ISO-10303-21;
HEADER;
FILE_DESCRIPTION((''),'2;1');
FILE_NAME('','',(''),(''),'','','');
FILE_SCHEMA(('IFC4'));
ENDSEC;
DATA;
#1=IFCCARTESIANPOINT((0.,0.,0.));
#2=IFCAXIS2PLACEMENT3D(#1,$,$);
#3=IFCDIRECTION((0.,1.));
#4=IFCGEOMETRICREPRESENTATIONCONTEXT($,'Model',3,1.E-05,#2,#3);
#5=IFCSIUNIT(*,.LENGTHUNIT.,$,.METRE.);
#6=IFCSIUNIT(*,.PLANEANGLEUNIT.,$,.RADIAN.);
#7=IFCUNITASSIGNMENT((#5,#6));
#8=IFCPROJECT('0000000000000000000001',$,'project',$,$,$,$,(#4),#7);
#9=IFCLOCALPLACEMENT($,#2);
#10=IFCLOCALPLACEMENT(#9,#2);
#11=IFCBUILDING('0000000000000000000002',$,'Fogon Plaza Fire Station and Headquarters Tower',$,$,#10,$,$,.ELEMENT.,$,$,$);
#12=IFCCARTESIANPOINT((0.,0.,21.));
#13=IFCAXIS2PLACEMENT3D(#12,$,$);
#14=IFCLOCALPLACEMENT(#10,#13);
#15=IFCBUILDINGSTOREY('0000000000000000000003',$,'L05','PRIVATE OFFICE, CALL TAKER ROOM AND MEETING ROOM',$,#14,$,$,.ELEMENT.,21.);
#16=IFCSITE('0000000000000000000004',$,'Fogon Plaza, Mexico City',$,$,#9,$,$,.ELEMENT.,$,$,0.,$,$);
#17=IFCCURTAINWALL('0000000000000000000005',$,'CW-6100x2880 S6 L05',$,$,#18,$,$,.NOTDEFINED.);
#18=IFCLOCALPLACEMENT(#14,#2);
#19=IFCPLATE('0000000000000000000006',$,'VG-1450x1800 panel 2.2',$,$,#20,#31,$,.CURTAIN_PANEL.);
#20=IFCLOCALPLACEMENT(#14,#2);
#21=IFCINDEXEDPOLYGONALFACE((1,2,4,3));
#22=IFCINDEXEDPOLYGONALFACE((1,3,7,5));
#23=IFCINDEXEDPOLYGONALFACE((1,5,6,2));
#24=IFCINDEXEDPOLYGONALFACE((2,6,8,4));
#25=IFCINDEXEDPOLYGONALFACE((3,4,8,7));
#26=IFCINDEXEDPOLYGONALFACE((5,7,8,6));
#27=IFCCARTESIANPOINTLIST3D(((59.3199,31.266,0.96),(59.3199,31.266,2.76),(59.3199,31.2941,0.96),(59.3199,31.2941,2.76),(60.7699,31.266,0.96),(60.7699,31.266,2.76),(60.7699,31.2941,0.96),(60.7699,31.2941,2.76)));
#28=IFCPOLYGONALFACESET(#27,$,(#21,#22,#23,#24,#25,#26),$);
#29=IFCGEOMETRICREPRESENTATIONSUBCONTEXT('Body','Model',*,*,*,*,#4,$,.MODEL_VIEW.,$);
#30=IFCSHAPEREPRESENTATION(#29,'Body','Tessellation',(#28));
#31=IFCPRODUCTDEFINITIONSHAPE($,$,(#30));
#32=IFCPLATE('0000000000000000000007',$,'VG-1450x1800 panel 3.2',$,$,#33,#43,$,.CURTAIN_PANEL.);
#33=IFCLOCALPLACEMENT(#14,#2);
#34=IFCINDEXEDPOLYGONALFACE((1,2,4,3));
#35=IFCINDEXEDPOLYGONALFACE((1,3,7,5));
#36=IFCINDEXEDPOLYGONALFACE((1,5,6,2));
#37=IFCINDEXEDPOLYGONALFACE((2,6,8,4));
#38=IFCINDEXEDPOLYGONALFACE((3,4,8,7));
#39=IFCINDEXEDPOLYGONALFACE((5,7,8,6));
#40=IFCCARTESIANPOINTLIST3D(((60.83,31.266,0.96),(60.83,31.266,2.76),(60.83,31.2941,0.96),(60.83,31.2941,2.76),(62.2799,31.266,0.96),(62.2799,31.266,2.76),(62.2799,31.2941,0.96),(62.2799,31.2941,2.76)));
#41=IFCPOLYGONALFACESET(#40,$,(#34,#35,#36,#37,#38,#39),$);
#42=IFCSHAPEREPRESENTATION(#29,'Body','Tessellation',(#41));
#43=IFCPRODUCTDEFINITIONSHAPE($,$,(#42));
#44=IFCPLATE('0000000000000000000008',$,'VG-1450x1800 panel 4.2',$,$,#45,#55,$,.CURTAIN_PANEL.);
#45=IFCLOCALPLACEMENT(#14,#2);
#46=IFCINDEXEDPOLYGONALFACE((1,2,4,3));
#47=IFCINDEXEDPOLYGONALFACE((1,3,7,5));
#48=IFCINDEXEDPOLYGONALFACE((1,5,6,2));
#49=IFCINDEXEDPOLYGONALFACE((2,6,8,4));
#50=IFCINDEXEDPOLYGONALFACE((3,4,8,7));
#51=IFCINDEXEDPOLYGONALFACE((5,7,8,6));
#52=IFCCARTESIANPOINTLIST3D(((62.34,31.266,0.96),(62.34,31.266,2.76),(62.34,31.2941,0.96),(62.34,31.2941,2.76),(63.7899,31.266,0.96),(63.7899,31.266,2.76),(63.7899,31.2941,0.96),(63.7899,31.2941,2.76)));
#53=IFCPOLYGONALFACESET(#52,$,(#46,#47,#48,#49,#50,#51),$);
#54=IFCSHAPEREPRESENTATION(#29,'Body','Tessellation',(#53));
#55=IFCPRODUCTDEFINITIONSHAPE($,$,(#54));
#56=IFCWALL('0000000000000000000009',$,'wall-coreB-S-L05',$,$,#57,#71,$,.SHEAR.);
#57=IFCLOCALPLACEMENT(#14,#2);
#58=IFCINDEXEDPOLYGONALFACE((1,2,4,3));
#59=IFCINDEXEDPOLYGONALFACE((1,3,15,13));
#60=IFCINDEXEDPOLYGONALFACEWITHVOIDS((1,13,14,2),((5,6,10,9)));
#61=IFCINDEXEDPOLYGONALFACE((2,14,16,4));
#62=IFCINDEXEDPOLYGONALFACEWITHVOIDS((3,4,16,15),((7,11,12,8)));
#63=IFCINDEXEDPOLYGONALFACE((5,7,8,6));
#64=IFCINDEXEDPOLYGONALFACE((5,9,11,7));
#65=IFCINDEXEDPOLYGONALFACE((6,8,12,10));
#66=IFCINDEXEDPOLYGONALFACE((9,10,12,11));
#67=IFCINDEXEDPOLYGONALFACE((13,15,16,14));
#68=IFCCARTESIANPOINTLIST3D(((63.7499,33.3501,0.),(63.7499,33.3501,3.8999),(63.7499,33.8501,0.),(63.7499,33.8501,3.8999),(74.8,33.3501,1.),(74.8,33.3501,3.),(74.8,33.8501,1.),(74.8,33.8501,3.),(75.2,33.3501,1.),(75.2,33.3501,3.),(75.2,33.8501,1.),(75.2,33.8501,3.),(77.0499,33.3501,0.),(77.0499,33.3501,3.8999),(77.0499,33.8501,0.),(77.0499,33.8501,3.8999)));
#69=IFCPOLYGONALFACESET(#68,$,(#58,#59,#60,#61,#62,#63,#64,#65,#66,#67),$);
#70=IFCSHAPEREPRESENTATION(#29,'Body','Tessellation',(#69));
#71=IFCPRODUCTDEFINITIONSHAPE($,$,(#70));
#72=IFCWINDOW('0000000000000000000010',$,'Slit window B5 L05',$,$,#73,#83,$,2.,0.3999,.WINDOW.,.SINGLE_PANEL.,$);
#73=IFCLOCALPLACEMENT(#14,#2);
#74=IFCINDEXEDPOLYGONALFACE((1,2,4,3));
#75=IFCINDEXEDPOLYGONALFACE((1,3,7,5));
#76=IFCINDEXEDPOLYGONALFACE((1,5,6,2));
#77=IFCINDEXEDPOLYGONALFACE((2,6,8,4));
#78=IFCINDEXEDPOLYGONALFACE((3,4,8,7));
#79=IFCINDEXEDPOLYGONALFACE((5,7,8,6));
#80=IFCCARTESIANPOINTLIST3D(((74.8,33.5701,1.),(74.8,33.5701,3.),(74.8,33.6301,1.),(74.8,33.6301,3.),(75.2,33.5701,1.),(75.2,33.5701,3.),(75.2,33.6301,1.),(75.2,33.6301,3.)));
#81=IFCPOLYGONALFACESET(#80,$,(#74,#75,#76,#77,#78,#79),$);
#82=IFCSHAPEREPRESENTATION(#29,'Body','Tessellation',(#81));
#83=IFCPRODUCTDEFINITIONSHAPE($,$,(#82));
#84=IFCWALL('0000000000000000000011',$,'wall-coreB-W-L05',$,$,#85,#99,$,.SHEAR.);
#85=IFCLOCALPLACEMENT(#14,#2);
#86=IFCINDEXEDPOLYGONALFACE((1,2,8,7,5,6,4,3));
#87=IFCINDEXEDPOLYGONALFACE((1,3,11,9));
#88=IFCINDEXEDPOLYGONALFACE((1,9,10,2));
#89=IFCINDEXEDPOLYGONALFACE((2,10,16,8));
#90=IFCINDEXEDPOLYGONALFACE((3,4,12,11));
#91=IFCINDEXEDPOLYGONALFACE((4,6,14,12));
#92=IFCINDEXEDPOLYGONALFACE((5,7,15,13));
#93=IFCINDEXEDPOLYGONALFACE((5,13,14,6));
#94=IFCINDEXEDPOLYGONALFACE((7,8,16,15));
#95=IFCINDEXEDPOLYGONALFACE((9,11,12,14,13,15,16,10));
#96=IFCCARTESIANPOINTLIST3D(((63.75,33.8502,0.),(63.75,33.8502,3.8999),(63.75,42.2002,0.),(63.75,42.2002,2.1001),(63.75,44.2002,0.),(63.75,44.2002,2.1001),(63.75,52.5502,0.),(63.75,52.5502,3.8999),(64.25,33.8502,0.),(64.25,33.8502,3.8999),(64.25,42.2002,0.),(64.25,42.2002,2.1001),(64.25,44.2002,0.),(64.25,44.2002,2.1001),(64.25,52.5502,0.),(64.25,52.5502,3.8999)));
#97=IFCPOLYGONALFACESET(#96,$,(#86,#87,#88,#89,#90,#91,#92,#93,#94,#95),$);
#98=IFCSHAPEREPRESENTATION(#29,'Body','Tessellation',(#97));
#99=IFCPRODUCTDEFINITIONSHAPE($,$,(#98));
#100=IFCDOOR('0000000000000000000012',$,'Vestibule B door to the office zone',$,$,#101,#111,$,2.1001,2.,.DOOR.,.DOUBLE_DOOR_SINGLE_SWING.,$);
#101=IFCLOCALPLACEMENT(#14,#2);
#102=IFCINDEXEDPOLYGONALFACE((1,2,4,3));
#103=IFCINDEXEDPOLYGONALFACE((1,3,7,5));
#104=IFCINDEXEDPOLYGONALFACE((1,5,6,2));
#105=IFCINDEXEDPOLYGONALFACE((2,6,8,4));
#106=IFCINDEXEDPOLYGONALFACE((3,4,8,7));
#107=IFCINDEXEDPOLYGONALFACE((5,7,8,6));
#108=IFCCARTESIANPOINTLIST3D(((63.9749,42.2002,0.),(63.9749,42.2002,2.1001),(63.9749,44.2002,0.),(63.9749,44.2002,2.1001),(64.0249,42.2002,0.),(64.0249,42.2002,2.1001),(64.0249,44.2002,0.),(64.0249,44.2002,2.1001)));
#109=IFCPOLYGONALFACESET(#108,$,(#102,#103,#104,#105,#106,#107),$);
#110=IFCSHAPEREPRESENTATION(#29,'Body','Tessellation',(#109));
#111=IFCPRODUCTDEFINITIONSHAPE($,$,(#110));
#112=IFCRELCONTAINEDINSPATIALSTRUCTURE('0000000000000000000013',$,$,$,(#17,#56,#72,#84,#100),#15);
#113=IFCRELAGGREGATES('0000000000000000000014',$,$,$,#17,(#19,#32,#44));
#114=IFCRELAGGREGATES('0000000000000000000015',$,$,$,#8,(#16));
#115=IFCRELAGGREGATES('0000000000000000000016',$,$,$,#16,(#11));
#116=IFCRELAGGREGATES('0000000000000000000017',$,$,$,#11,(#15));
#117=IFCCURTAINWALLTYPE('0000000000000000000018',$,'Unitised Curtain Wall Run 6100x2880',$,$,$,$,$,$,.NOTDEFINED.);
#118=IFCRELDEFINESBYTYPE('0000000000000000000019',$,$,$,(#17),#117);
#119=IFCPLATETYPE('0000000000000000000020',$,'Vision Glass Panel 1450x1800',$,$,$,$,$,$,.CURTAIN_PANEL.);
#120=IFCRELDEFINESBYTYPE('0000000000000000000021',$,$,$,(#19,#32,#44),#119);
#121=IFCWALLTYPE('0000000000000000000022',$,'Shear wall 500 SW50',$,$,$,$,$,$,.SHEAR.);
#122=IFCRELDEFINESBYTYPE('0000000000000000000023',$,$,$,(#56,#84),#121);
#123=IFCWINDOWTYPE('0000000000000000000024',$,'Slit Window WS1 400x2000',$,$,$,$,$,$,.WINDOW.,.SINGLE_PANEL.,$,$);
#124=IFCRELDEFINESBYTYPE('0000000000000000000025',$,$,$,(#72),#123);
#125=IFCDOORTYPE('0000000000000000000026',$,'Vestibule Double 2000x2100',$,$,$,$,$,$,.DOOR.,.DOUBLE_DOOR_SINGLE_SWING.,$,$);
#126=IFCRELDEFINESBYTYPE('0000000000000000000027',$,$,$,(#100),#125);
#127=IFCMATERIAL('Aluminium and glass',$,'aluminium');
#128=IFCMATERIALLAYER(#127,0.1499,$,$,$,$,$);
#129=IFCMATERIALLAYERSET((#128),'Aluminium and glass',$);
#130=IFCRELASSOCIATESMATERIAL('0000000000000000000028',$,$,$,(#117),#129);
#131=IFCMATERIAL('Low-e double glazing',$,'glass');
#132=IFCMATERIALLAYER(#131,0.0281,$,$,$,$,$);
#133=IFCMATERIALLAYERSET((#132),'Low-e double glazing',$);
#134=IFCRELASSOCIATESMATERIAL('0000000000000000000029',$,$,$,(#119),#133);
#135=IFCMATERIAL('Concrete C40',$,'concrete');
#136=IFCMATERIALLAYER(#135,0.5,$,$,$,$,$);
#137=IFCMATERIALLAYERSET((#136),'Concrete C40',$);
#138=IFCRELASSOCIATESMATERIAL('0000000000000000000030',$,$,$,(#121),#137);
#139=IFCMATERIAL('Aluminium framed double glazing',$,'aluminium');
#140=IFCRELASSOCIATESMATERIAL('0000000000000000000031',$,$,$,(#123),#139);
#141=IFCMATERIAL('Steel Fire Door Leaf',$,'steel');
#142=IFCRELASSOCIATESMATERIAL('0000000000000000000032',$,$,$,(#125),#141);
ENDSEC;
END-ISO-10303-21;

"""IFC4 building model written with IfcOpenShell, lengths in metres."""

from ifc_helpers import new_model, si_unit, direction, frame, frame_2d, origin, origin_2d, place, context, subcontext, project, spatial, rectangle, extrude, material, layer, layer_set, type_object, element, fill, aggregate, save


model = new_model("IFC4")

# Units and contexts
model_context = context("Model", 3, precision=1e-05, world=origin(), true_north=direction((0.0, 1.0)))
body_context = subcontext(model_context, "Body", "Model", "MODEL_VIEW")
ifc_project = project(units=[si_unit("LENGTHUNIT", "METRE"), si_unit("PLANEANGLEUNIT", "RADIAN")], contexts=[model_context])

# Site, building, storey
site_placement = place(None, origin())
site = spatial("IfcSite", under=ifc_project, at=site_placement, Name="Fogon Plaza, Mexico City", CompositionType="ELEMENT", RefElevation=0.0)
building_placement = place(site_placement, origin())
building = spatial("IfcBuilding", under=site, at=building_placement, Name="Fogon Plaza Fire Station and Headquarters Tower", CompositionType="ELEMENT")
storey_placement = place(building_placement, frame((0.0, 0.0, 21.0)))
storey = spatial("IfcBuildingStorey", under=building, at=storey_placement, Name="L05", Description="PRIVATE OFFICE, CALL TAKER ROOM AND MEETING ROOM", CompositionType="ELEMENT", Elevation=21.0)

# Curtain wall
ifc_material_1 = material(Name="Aluminium and glass", Category="aluminium")
ifc_layer_1 = layer(ifc_material_1, 0.1499)
ifc_layer_set_1 = layer_set([ifc_layer_1], Name="Aluminium and glass")
curtain_wall_type = type_object("IfcCurtainWallType", Name="Unitised Curtain Wall Run 6100x2880", PredefinedType="NOTDEFINED", material=ifc_layer_set_1)
curtain_wall_placement = place(storey_placement, origin())
curtain_wall = element("IfcCurtainWall", 1, at=curtain_wall_placement, inside=storey, type_object=curtain_wall_type, Name="CW-6100x2880 S6 L05", PredefinedType="NOTDEFINED")

# Plates
ifc_material_2 = material(Name="Low-e double glazing", Category="glass")
ifc_layer_2 = layer(ifc_material_2, 0.0281)
ifc_layer_set_2 = layer_set([ifc_layer_2], Name="Low-e double glazing")
plate_type_1 = type_object("IfcPlateType", Name="Vision Glass Panel 1450x1800", PredefinedType="CURTAIN_PANEL", material=ifc_layer_set_2)
plate_1_placement = place(storey_placement, frame((60.0449, 31.28, 0.96), z_axis=(0.0, 0.0, 1.0), x_axis=(1.0, 0.0, 0.0)))
plate_1 = element("IfcPlate", 2, at=plate_1_placement, type_object=plate_type_1, Name="VG-1450x1800 panel 2.2", PredefinedType="CURTAIN_PANEL", context=body_context, shape_type="SweptSolid", body=[
    extrude(rectangle(XDim=1.45, YDim=0.0281, at=origin_2d()), origin(), (0.0, 0.0, 1.0), 1.8),
])
plate_2_placement = place(storey_placement, frame((61.5549, 31.28, 0.96), z_axis=(0.0, 0.0, 1.0), x_axis=(1.0, 0.0, 0.0)))
plate_2 = element("IfcPlate", 3, at=plate_2_placement, type_object=plate_type_1, Name="VG-1450x1800 panel 3.2", PredefinedType="CURTAIN_PANEL", context=body_context, shape_type="SweptSolid", body=[
    extrude(rectangle(XDim=1.45, YDim=0.0281, at=origin_2d()), origin(), (0.0, 0.0, 1.0), 1.8),
])
plate_3_placement = place(storey_placement, frame((63.0649, 31.28, 0.96), z_axis=(0.0, 0.0, 1.0), x_axis=(1.0, 0.0, 0.0)))
plate_3 = element("IfcPlate", 4, at=plate_3_placement, type_object=plate_type_1, Name="VG-1450x1800 panel 4.2", PredefinedType="CURTAIN_PANEL", context=body_context, shape_type="SweptSolid", body=[
    extrude(rectangle(XDim=1.45, YDim=0.0281, at=origin_2d()), origin(), (0.0, 0.0, 1.0), 1.8),
])
aggregate(curtain_wall, [plate_1, plate_2, plate_3])

# Wall, opening, window
ifc_material_3 = material(Name="Concrete C40", Category="concrete")
ifc_layer_3 = layer(ifc_material_3, 0.5)
ifc_layer_set_3 = layer_set([ifc_layer_3], Name="Concrete C40")
wall_type = type_object("IfcWallType", Name="Shear wall 500 SW50", PredefinedType="SHEAR", material=ifc_layer_set_3)
wall_1_placement = place(storey_placement, frame((63.75, 33.6001, 0.0), z_axis=(0.0, 0.0, 1.0), x_axis=(1.0, 0.0, 0.0)))
wall_1 = element("IfcWall", 5, at=wall_1_placement, inside=storey, type_object=wall_type, Name="wall-coreB-S-L05", PredefinedType="SHEAR", context=body_context, shape_type="SweptSolid", body=[
    extrude(rectangle(XDim=13.3, YDim=0.5, at=frame_2d((6.6499, 0.0))), origin(), (0.0, 0.0, 1.0), 3.8999),
])
opening_1_placement = place(wall_1_placement, frame((11.05, 0.0, 1.0)))
opening_1 = element("IfcOpeningElement", 6, at=opening_1_placement, cuts=wall_1, PredefinedType="OPENING", context=body_context, shape_type="SweptSolid", body=[
    extrude(rectangle(XDim=0.3999, YDim=2.0, at=frame_2d((0.2, 1.0))), frame((0.0, 0.26, 0.0), z_axis=(0.0, -1.0, 0.0), x_axis=(1.0, 0.0, 0.0)), (0.0, 0.0, 1.0), 0.52),
])
ifc_material_4 = material(Name="Aluminium framed double glazing", Category="aluminium")
window_type = type_object("IfcWindowType", Name="Slit Window WS1 400x2000", PartitioningType="SINGLE_PANEL", PredefinedType="WINDOW", material=ifc_material_4)
window_placement = place(opening_1_placement, origin())
window = element("IfcWindow", 7, at=window_placement, inside=storey, type_object=window_type, Name="Slit window B5 L05", OverallHeight=2.0, OverallWidth=0.3999, PartitioningType="SINGLE_PANEL", PredefinedType="WINDOW", context=body_context, shape_type="SweptSolid", body=[
    extrude(rectangle(XDim=0.3999, YDim=2.0, at=frame_2d((0.2, 1.0))), frame((0.0, 0.03, 0.0), z_axis=(0.0, -1.0, 0.0), x_axis=(1.0, 0.0, 0.0)), (0.0, 0.0, 1.0), 0.0601),
])
fill(opening_1, window)

# Wall, opening, door
wall_2_placement = place(storey_placement, frame((64.0, 33.8501, 0.0), z_axis=(0.0, 0.0, 1.0), x_axis=(0.0, 1.0, 0.0)))
wall_2 = element("IfcWall", 8, at=wall_2_placement, inside=storey, type_object=wall_type, Name="wall-coreB-W-L05", PredefinedType="SHEAR", context=body_context, shape_type="SweptSolid", body=[
    extrude(rectangle(XDim=18.7, YDim=0.5, at=frame_2d((9.3501, 0.0))), origin(), (0.0, 0.0, 1.0), 3.8999),
])
opening_2_placement = place(wall_2_placement, frame((8.3501, 0.0, 0.0)))
opening_2 = element("IfcOpeningElement", 9, at=opening_2_placement, cuts=wall_2, PredefinedType="OPENING", context=body_context, shape_type="SweptSolid", body=[
    extrude(rectangle(XDim=2.0, YDim=2.1001, at=frame_2d((1.0, 1.05))), frame((0.0, 0.26, 0.0), z_axis=(0.0, -1.0, 0.0), x_axis=(1.0, 0.0, 0.0)), (0.0, 0.0, 1.0), 0.52),
])
ifc_material_5 = material(Name="Steel Fire Door Leaf", Category="steel")
door_type = type_object("IfcDoorType", Name="Vestibule Double 2000x2100", OperationType="DOUBLE_DOOR_SINGLE_SWING", PredefinedType="DOOR", material=ifc_material_5)
door_placement = place(opening_2_placement, frame((2.0, 0.0, 0.0), z_axis=(0.0, 0.0, 1.0), x_axis=(-1.0, 0.0, 0.0)))
door = element("IfcDoor", 10, at=door_placement, inside=storey, type_object=door_type, Name="Vestibule B door to the office zone", OperationType="DOUBLE_DOOR_SINGLE_SWING", OverallHeight=2.1001, OverallWidth=2.0, PredefinedType="DOOR", context=body_context, shape_type="SweptSolid", body=[
    extrude(rectangle(XDim=2.0, YDim=2.1001, at=frame_2d((1.0, 1.05))), frame((0.0, 0.0249, 0.0), z_axis=(0.0, -1.0, 0.0), x_axis=(1.0, 0.0, 0.0)), (0.0, 0.0, 1.0), 0.05),
])
fill(opening_2, door)

save(model, "model.ifc")
